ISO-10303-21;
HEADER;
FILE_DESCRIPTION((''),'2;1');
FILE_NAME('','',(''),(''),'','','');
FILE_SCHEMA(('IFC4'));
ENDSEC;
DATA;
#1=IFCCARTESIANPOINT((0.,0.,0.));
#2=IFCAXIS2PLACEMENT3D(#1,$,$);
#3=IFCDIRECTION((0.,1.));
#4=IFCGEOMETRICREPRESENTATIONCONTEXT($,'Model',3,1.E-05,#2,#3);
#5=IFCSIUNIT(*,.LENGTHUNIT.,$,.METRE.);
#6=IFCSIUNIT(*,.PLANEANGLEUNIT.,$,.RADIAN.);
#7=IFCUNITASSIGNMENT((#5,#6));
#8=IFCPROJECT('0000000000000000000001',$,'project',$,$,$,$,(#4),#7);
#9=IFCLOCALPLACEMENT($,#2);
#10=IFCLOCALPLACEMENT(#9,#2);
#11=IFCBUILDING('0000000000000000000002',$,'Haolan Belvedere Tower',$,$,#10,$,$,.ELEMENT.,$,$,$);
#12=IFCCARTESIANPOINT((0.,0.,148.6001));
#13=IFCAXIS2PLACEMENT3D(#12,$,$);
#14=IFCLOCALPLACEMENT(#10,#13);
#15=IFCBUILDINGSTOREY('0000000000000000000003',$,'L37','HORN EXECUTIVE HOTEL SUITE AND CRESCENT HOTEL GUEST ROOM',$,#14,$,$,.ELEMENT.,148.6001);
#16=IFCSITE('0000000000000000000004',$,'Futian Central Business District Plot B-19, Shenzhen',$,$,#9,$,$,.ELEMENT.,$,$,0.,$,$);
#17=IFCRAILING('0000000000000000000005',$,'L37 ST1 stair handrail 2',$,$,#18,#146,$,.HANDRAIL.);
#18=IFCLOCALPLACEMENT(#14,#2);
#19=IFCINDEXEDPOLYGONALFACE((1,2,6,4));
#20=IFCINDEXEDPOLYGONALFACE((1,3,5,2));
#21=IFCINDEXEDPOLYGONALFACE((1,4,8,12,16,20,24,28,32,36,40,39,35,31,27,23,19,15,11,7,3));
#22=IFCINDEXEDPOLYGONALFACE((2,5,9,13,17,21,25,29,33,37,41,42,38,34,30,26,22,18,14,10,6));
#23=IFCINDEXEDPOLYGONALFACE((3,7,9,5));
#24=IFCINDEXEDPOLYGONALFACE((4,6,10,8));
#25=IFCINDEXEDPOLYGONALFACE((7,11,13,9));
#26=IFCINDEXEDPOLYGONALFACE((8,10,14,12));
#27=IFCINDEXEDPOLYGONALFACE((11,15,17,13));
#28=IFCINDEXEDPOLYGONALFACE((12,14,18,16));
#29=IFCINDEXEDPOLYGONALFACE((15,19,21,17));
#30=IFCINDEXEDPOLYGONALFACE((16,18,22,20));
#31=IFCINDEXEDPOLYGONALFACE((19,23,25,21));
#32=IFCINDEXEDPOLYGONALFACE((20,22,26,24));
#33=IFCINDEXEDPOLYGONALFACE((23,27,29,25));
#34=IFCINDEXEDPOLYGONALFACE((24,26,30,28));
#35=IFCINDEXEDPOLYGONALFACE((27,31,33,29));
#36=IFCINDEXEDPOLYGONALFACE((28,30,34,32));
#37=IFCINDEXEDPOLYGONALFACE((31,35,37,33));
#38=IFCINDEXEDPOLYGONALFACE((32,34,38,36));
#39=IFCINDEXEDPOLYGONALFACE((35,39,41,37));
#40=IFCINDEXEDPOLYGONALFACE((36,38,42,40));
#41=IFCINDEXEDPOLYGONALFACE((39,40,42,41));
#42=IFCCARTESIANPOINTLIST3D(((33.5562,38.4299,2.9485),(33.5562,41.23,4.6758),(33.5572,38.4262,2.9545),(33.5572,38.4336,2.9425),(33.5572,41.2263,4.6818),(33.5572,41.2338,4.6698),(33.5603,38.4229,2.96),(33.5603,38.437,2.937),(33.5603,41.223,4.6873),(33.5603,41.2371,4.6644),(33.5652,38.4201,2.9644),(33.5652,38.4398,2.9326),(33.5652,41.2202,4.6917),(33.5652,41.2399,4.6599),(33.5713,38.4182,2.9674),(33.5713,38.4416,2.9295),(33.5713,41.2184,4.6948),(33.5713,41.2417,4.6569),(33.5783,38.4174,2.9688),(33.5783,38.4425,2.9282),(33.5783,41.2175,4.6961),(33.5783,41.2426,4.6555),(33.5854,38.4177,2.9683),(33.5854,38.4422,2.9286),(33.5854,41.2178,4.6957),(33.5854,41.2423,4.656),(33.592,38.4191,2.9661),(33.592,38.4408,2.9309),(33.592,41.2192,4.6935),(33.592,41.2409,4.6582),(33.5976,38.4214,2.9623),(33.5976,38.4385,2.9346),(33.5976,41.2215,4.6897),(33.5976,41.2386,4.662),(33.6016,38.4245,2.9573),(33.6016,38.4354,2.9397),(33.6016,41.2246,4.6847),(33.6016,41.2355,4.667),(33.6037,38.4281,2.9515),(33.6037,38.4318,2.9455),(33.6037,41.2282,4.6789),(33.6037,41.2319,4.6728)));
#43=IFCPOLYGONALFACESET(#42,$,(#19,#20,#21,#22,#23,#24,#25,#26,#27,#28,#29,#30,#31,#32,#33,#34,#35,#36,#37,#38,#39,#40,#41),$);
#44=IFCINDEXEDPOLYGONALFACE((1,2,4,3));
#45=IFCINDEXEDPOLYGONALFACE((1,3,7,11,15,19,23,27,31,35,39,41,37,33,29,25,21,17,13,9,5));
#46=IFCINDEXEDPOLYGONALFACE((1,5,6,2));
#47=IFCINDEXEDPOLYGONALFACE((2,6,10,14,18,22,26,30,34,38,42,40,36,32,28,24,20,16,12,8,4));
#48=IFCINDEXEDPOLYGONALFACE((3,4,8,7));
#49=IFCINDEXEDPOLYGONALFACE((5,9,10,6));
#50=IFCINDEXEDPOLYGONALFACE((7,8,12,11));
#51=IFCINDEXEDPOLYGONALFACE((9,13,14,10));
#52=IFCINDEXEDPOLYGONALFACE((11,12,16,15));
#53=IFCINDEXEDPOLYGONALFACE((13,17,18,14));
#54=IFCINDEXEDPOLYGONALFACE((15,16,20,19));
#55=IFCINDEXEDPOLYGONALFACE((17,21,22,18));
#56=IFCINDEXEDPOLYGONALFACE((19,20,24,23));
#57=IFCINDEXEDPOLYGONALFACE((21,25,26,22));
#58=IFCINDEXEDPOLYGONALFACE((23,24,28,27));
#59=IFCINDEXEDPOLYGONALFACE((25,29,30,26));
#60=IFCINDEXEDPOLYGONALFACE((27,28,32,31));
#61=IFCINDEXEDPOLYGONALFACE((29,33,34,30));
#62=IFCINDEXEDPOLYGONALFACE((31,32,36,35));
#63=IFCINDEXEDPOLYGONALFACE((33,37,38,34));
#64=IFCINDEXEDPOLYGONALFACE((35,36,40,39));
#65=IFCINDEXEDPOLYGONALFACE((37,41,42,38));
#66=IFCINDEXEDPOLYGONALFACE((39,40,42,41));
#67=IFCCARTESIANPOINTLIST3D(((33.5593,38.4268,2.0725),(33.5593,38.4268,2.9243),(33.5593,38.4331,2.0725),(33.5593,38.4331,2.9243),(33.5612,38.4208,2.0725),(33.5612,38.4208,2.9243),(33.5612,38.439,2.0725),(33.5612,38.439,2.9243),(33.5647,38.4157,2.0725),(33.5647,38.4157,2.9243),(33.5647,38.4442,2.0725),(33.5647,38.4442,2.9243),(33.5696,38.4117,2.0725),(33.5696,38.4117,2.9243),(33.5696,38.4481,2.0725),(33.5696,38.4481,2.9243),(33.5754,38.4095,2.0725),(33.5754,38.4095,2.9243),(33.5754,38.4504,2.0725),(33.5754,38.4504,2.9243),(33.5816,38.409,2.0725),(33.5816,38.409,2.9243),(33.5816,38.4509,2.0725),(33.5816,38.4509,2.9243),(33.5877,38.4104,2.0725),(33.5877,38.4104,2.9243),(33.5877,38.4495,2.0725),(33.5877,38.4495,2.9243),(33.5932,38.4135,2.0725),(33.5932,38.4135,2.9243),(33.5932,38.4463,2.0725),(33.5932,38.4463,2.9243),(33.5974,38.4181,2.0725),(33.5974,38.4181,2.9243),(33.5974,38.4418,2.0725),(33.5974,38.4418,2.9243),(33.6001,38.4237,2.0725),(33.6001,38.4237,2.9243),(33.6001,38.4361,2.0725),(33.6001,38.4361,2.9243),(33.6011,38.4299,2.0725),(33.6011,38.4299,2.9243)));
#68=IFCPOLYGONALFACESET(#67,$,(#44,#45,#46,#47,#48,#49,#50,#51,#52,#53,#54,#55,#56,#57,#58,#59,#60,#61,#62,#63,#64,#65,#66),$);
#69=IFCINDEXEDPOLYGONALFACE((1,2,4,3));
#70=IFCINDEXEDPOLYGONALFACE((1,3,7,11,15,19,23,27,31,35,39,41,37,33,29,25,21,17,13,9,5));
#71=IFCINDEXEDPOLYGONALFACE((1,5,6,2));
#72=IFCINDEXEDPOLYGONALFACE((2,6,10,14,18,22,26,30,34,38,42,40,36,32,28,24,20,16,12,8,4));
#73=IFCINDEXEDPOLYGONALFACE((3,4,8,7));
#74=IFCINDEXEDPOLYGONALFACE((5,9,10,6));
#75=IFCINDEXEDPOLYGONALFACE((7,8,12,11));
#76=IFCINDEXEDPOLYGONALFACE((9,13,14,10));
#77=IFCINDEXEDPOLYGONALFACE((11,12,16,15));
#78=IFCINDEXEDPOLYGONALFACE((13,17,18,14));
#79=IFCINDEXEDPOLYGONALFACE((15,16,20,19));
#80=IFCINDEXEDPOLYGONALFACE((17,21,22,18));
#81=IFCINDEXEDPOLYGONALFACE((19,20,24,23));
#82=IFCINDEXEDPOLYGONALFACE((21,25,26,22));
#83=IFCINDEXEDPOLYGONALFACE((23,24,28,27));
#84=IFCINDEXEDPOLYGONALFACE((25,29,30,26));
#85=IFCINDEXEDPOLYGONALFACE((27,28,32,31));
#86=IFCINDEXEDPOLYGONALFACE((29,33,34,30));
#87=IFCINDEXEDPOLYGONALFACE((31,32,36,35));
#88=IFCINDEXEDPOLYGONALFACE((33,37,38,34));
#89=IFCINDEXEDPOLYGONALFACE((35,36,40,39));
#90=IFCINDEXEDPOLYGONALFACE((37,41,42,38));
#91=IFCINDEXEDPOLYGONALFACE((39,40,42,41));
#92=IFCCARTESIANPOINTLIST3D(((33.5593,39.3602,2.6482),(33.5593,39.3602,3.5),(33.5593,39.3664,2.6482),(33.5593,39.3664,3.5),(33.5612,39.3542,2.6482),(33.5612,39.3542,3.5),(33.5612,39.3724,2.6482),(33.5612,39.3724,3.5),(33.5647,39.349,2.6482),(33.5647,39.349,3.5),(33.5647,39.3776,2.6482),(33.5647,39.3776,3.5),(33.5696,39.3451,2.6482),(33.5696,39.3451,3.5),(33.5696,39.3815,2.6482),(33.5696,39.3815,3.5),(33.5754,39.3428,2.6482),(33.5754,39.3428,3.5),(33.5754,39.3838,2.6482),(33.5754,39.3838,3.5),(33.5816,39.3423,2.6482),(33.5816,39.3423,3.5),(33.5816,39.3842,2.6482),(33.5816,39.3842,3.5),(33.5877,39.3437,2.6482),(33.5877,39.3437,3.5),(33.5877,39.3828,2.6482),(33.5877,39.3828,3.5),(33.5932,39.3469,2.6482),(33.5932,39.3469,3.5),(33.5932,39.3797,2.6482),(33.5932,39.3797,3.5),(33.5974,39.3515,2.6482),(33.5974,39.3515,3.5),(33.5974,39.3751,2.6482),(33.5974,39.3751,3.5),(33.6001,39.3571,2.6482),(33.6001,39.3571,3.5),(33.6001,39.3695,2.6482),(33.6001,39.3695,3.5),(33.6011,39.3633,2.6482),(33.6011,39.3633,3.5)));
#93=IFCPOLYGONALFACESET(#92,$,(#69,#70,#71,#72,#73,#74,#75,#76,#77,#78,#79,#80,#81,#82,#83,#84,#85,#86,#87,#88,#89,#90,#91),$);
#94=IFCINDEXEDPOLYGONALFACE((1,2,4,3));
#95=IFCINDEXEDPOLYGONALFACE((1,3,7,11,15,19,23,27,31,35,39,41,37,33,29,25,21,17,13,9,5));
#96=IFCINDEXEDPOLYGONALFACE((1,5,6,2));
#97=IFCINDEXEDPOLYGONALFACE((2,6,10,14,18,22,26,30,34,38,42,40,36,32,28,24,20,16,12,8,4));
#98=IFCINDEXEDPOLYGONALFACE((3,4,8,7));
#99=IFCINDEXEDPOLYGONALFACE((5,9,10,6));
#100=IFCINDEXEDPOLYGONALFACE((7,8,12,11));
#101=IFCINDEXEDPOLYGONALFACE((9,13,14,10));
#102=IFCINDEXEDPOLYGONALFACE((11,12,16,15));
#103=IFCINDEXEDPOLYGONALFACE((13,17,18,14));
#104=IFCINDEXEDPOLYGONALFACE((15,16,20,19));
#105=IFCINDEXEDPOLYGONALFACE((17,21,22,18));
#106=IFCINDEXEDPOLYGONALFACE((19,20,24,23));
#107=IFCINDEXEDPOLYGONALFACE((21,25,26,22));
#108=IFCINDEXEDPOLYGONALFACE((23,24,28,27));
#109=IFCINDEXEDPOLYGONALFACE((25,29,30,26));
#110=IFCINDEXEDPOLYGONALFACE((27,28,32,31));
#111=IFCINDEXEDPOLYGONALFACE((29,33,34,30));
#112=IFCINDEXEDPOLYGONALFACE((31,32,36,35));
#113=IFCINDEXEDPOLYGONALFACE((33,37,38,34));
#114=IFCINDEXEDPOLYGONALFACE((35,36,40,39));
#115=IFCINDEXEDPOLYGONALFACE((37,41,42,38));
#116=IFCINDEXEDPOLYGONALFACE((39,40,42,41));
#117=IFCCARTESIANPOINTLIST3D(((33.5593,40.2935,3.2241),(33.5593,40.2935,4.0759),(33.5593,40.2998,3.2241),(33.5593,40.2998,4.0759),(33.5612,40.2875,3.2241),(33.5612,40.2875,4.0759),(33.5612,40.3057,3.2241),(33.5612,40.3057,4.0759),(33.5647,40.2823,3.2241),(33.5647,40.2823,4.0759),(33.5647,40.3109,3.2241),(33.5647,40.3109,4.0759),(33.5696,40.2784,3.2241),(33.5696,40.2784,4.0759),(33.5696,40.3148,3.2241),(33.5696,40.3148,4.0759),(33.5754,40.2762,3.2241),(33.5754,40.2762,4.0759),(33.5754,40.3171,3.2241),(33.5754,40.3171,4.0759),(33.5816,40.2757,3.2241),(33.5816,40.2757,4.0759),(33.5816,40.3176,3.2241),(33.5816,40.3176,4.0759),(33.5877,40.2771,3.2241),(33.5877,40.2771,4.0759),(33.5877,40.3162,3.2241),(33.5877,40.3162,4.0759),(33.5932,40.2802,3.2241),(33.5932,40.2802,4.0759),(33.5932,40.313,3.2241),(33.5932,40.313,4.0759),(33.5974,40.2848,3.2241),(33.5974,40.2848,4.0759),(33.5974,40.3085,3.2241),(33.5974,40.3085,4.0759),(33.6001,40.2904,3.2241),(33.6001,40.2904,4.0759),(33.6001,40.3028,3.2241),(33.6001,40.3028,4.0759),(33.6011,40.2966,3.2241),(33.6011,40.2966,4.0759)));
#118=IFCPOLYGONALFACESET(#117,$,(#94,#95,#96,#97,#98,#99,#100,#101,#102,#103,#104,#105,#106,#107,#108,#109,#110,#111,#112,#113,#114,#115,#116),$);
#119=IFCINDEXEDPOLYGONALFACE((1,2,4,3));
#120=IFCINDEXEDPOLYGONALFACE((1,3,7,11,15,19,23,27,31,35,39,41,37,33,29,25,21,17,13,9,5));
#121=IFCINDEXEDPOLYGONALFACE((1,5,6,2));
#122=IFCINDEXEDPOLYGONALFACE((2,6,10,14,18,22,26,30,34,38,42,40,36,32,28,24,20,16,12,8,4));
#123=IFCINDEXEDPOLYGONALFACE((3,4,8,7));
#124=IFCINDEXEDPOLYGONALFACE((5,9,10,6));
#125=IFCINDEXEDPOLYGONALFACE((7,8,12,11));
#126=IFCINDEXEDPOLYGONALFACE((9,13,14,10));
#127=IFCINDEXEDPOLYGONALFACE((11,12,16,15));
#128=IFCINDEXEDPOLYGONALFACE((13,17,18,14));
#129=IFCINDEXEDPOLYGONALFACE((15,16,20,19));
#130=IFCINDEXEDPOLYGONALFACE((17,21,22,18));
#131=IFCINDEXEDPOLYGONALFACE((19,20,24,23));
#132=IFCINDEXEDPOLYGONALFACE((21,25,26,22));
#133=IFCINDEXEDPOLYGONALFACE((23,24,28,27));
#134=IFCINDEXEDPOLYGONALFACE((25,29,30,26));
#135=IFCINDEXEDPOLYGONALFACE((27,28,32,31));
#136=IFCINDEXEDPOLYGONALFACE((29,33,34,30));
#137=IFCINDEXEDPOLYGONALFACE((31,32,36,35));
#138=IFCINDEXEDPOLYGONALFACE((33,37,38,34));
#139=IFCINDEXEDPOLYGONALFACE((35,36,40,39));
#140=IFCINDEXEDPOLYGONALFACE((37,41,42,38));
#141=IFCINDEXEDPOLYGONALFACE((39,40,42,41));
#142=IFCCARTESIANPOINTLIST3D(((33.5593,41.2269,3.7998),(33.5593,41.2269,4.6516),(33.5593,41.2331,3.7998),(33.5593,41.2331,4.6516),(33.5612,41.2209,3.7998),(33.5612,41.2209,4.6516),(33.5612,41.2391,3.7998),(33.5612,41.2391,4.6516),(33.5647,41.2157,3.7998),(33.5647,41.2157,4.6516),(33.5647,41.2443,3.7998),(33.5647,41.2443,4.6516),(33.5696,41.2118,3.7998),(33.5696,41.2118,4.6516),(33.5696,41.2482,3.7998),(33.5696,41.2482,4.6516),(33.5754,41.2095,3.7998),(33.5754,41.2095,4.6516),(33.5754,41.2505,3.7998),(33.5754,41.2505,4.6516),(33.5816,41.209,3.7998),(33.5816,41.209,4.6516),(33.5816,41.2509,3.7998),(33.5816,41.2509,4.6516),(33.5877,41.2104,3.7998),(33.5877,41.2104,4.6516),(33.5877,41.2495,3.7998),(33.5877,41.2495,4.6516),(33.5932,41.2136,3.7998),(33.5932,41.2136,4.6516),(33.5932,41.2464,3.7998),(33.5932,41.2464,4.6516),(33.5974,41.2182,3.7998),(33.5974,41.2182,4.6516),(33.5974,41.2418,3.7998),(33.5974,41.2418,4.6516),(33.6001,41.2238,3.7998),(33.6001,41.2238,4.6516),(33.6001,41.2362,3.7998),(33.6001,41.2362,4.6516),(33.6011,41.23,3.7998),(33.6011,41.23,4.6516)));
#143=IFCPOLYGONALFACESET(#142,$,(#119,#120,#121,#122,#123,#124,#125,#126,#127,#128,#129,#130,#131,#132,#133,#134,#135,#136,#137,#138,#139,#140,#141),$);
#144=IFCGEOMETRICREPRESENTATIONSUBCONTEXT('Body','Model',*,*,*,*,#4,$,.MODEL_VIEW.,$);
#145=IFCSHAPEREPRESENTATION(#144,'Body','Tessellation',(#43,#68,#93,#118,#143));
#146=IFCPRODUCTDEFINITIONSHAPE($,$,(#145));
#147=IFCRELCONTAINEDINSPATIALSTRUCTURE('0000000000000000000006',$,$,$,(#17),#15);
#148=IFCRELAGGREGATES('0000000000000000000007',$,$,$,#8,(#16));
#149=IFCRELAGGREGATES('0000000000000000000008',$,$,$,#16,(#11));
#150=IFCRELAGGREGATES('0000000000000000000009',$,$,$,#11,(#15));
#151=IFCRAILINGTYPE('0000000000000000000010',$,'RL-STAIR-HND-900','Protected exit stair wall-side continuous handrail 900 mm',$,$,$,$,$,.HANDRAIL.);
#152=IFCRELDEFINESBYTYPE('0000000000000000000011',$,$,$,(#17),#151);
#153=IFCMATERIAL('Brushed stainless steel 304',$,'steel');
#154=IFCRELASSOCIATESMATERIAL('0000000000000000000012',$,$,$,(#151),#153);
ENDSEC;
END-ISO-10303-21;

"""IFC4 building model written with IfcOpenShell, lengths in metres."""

from ifc_helpers import new_model, si_unit, direction, frame, origin, origin_2d, place, context, subcontext, project, spatial, circle, extrude, material, type_object, element, save


model = new_model("IFC4")

# Units and contexts
model_context = context("Model", 3, precision=1e-05, world=origin(), true_north=direction((0.0, 1.0)))
body_context = subcontext(model_context, "Body", "Model", "MODEL_VIEW")
ifc_project = project(units=[si_unit("LENGTHUNIT", "METRE"), si_unit("PLANEANGLEUNIT", "RADIAN")], contexts=[model_context])

# Site, building, storey
site_placement = place(None, origin())
site = spatial("IfcSite", under=ifc_project, at=site_placement, Name="Futian Central Business District Plot B-19, Shenzhen", CompositionType="ELEMENT", RefElevation=0.0)
building_placement = place(site_placement, origin())
building = spatial("IfcBuilding", under=site, at=building_placement, Name="Haolan Belvedere Tower", CompositionType="ELEMENT")
storey_placement = place(building_placement, frame((0.0, 0.0, 148.6001)))
storey = spatial("IfcBuildingStorey", under=building, at=storey_placement, Name="L37", Description="HORN EXECUTIVE HOTEL SUITE AND CRESCENT HOTEL GUEST ROOM", CompositionType="ELEMENT", Elevation=148.6001)

# Railing
ifc_material_1 = material(Name="Brushed stainless steel 304", Category="steel")
railing_type_1 = type_object("IfcRailingType", Name="RL-STAIR-HND-900", Description="Protected exit stair wall-side continuous handrail 900 mm", PredefinedType="HANDRAIL", material=ifc_material_1)
railing_1_placement = place(storey_placement, frame((33.5801, 38.4299, 2.0725)))
element("IfcRailing", 1, at=railing_1_placement, inside=storey, type_object=railing_type_1, Name="L37 ST1 stair handrail 2", PredefinedType="HANDRAIL", context=body_context, shape_type="SweptSolid", body=[
    extrude(circle(Radius=0.0239, at=origin_2d()), frame((0.0, 0.0, 0.876), z_axis=(0.0, 0.85109, 0.52502), x_axis=(-1.0, 0.0, 0.0)), (0.0, 0.0, 1.0), 3.29),
    extrude(circle(Radius=0.021, at=origin_2d()), origin(), (0.0, 0.0, 1.0), 0.8518),
    extrude(circle(Radius=0.021, at=origin_2d()), frame((0.0, 0.9333, 0.5757)), (0.0, 0.0, 1.0), 0.8518),
    extrude(circle(Radius=0.021, at=origin_2d()), frame((0.0, 1.8667, 1.1516)), (0.0, 0.0, 1.0), 0.8518),
    extrude(circle(Radius=0.021, at=origin_2d()), frame((0.0, 2.8, 1.7273)), (0.0, 0.0, 1.0), 0.8518),
])

save(model, "model.ifc")
